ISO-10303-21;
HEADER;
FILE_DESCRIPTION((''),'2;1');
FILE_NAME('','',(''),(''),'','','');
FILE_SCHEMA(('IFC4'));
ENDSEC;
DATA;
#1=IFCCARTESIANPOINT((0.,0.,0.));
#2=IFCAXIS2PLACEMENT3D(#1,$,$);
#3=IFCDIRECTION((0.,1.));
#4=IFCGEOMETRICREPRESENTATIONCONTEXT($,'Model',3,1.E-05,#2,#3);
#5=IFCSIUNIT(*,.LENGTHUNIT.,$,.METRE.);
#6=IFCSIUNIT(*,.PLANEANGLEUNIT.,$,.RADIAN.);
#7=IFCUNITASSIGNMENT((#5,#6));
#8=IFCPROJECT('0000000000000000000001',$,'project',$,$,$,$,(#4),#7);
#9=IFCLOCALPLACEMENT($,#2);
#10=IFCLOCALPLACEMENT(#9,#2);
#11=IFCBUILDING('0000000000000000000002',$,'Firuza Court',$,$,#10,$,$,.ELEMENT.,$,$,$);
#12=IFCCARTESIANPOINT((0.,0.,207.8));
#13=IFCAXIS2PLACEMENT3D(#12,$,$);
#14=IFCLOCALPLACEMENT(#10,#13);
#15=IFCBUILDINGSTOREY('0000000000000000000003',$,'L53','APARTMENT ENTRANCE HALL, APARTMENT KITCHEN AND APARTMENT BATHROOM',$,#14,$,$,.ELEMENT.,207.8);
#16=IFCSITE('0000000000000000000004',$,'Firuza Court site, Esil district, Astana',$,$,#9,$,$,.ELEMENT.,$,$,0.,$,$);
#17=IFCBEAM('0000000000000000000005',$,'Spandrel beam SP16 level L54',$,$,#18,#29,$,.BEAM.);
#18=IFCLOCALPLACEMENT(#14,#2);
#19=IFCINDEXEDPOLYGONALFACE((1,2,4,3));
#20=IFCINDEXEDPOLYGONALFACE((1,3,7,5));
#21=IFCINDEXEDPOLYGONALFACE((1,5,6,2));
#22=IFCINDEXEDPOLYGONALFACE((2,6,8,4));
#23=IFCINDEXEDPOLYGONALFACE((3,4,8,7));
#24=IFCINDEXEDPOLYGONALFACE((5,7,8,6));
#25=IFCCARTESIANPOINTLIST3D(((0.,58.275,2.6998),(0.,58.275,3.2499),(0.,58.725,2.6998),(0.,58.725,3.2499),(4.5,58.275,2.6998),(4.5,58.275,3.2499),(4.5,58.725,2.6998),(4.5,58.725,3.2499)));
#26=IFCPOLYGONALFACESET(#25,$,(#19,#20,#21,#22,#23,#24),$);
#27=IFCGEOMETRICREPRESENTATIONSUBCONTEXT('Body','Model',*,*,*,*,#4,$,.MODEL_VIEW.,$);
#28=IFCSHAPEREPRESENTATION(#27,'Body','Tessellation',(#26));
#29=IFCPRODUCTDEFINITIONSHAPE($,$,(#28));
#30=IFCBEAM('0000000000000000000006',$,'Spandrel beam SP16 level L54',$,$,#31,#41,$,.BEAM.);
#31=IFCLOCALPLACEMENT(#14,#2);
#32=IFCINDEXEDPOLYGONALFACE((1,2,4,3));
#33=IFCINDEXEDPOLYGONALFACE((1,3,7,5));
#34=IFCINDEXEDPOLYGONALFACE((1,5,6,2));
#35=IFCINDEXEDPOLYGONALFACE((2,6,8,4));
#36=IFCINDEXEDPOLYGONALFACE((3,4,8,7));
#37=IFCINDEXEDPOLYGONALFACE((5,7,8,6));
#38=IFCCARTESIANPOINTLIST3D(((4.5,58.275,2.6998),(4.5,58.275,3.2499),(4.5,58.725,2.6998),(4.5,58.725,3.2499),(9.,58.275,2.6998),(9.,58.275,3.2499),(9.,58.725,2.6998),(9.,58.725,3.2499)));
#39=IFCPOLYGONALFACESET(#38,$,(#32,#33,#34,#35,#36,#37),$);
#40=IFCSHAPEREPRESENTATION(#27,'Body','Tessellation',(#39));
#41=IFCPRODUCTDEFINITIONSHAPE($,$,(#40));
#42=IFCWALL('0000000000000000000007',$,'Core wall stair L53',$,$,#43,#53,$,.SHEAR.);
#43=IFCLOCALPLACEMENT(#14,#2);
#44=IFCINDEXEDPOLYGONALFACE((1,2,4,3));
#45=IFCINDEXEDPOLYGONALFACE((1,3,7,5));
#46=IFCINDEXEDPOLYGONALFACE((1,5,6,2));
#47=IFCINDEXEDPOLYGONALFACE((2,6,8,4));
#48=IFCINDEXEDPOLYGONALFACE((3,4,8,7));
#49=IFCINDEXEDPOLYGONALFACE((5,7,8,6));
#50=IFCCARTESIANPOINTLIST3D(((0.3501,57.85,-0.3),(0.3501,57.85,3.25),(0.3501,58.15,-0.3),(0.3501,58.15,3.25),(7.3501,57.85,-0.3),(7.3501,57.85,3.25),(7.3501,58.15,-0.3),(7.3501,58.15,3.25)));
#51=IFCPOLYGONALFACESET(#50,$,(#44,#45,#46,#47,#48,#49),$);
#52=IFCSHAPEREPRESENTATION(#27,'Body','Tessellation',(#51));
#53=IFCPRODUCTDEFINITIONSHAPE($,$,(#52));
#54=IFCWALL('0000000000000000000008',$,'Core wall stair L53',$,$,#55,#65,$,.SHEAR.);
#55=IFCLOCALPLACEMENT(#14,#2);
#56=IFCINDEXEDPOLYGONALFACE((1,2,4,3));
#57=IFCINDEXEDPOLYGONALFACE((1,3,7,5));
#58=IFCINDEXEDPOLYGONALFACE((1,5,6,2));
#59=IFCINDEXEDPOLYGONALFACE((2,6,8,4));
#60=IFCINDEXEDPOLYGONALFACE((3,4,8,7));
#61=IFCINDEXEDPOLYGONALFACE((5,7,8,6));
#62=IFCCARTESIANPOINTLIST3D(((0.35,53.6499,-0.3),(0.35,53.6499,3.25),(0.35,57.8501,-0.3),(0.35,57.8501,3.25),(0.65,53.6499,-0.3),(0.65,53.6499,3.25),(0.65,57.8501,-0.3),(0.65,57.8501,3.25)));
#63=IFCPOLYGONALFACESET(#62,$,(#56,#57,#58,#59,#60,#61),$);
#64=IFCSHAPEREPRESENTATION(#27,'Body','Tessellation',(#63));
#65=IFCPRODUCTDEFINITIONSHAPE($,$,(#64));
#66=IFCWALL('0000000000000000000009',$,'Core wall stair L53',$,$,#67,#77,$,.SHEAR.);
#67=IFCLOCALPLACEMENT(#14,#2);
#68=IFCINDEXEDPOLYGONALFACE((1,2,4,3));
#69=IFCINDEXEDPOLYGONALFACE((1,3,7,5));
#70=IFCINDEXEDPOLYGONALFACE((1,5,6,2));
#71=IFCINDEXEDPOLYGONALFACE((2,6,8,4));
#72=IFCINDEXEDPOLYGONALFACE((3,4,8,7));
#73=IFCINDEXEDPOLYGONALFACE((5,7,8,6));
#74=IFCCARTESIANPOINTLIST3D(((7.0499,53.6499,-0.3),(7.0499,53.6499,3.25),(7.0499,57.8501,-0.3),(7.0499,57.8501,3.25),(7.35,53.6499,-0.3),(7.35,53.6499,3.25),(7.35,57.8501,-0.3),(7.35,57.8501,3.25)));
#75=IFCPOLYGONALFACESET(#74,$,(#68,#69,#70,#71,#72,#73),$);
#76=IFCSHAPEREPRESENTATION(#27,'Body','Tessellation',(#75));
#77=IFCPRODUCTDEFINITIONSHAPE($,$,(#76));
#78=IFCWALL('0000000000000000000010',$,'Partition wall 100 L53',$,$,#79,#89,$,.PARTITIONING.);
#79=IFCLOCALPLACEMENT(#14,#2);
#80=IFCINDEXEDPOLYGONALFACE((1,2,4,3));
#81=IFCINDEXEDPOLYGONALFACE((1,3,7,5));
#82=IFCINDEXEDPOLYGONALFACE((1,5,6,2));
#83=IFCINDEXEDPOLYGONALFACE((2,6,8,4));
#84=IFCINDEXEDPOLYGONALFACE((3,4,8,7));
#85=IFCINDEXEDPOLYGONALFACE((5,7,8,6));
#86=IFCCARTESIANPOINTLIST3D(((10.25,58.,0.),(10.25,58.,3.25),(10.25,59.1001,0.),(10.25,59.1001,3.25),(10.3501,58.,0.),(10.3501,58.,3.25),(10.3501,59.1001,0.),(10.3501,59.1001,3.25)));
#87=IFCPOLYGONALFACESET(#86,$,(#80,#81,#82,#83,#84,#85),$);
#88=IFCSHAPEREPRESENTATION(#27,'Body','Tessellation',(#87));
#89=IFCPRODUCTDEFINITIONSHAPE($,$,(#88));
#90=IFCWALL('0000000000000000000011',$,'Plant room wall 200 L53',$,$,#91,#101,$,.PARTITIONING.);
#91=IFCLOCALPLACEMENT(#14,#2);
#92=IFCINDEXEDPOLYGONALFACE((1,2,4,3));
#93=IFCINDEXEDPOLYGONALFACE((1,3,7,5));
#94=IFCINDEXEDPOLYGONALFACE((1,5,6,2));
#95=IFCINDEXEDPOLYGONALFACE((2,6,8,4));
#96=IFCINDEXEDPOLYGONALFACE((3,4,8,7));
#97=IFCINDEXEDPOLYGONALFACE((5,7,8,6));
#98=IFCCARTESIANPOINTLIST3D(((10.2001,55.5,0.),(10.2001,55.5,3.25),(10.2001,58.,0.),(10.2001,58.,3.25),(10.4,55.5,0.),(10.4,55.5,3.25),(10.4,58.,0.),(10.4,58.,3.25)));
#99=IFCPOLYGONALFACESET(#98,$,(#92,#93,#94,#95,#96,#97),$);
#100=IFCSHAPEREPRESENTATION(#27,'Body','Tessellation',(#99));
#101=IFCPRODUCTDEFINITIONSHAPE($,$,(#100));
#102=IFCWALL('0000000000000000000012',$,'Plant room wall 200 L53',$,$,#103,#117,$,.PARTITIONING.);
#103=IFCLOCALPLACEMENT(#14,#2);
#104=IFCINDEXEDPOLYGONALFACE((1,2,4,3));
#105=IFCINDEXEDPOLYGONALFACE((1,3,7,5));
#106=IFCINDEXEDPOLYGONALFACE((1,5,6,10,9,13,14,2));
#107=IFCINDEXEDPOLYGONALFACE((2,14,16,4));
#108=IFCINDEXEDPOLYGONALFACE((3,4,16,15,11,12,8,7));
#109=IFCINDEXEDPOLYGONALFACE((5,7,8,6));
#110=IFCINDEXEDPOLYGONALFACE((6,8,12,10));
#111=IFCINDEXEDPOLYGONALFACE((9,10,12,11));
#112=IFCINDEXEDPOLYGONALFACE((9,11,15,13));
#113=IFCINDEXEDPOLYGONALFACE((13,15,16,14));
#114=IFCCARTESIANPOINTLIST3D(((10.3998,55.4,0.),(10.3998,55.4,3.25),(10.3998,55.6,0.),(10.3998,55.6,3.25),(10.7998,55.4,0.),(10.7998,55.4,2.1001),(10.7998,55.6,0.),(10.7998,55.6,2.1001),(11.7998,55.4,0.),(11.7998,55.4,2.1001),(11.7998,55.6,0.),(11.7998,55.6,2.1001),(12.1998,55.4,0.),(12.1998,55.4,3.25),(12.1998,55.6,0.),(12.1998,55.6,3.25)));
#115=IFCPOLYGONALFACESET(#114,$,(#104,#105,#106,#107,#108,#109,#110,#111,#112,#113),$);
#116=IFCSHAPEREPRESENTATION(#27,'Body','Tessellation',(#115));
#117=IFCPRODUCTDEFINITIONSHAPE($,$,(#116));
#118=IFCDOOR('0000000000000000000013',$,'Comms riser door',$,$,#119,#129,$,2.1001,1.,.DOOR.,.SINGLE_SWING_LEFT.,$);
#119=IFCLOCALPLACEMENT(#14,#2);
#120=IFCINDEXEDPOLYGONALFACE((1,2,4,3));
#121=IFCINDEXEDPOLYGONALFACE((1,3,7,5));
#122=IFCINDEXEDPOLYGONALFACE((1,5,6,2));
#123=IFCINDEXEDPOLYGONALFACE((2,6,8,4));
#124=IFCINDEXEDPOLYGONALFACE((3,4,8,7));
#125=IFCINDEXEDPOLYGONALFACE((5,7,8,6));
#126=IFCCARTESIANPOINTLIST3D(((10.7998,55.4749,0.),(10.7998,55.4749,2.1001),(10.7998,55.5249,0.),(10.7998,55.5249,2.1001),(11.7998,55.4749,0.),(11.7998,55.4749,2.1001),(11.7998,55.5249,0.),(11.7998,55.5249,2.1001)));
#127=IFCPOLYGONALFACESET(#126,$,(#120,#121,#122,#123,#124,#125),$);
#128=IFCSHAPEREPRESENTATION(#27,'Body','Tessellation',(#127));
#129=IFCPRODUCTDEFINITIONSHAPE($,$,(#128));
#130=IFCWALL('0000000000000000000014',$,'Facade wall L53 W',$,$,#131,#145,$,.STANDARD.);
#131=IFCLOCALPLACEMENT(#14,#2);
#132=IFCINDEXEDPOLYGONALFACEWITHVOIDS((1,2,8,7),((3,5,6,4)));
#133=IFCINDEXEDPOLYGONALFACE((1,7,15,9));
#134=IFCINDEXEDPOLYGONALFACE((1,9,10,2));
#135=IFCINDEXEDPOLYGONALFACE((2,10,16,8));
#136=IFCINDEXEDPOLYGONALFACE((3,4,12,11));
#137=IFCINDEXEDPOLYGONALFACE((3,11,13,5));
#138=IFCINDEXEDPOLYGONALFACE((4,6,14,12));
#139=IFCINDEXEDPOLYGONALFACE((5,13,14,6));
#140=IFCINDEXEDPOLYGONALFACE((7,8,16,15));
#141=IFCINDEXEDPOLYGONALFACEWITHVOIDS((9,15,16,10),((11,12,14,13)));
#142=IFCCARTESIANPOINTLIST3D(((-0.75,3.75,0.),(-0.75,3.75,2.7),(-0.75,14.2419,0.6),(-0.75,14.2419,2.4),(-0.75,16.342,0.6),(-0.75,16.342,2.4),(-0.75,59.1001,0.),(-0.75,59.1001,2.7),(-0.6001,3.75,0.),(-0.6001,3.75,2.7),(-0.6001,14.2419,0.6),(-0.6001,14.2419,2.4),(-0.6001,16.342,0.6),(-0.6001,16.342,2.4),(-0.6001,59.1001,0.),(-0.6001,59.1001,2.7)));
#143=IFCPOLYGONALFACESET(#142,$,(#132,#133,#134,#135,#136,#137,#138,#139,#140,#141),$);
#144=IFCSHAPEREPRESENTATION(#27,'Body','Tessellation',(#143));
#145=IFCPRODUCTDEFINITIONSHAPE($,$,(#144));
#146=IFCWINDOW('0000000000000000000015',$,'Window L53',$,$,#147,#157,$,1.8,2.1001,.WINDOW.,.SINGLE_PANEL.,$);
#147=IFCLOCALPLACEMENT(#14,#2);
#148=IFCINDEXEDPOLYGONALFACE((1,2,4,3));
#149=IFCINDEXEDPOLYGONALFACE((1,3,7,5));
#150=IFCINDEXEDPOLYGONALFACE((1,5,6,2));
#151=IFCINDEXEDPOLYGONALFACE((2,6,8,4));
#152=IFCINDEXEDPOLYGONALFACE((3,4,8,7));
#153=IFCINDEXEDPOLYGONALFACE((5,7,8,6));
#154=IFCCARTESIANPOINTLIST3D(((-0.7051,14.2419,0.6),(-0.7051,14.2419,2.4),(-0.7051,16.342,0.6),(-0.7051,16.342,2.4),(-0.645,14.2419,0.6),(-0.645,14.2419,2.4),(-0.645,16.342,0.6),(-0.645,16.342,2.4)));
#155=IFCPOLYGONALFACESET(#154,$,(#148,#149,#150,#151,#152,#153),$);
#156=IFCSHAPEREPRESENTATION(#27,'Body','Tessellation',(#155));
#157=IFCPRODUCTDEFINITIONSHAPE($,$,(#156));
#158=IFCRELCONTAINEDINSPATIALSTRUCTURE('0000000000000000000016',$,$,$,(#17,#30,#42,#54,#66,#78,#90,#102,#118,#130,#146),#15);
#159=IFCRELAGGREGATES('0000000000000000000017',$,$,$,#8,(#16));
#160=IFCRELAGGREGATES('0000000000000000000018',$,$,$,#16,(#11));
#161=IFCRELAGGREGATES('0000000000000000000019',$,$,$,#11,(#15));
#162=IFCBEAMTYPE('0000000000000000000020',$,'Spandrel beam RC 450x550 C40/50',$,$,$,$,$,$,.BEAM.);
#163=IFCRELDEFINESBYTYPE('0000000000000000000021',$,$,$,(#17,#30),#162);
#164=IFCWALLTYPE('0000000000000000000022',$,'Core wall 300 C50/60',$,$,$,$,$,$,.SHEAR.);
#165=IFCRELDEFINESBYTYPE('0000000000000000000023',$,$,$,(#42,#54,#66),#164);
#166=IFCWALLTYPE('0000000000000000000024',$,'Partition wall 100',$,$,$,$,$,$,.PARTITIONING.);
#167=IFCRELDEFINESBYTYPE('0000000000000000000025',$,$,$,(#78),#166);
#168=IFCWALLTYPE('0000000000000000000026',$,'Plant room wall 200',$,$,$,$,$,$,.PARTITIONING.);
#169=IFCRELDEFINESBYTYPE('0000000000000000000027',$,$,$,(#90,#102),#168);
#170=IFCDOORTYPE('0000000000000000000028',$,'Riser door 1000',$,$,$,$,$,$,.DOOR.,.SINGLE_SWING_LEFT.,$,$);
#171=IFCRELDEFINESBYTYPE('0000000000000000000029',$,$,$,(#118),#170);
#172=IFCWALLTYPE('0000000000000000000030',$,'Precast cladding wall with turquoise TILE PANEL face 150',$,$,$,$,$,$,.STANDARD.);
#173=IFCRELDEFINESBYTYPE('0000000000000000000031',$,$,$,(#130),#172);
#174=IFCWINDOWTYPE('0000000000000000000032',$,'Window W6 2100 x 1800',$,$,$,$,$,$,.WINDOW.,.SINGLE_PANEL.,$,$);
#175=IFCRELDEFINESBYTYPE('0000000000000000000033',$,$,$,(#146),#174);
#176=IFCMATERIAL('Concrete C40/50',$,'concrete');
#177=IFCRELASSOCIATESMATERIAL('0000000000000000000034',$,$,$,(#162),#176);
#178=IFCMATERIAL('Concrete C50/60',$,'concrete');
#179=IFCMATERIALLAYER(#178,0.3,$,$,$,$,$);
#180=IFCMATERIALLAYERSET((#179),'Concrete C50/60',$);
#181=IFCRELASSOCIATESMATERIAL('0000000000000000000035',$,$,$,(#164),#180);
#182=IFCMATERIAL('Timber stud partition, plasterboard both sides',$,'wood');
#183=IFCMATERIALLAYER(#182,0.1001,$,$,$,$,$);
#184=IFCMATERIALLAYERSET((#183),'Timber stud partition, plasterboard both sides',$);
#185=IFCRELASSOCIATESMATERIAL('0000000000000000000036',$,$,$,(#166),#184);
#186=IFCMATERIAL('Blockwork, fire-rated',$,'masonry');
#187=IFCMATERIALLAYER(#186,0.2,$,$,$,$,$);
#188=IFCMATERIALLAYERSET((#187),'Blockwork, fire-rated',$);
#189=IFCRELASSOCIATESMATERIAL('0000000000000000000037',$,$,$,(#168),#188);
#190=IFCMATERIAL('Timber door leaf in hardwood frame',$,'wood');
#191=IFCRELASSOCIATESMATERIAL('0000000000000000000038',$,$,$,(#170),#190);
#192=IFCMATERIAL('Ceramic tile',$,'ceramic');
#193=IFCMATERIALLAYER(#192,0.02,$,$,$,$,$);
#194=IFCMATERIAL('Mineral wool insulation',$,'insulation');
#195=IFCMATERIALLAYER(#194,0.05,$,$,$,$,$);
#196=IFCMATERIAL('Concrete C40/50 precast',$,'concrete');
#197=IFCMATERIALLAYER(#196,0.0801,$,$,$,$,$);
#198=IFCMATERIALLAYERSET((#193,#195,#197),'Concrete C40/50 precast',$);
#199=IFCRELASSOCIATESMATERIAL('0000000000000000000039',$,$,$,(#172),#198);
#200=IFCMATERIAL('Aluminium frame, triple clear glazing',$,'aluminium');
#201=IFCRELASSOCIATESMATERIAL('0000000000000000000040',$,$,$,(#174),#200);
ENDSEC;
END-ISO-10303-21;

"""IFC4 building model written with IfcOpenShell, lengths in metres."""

from ifc_helpers import new_model, si_unit, direction, frame, frame_2d, origin, origin_2d, place, context, subcontext, project, spatial, rectangle, extrude, material, layer, layer_set, material_profile, profile_set, type_object, element, fill, save


model = new_model("IFC4")

# Units and contexts
model_context = context("Model", 3, precision=1e-05, world=origin(), true_north=direction((0.0, 1.0)))
body_context = subcontext(model_context, "Body", "Model", "MODEL_VIEW")
ifc_project = project(units=[si_unit("LENGTHUNIT", "METRE"), si_unit("PLANEANGLEUNIT", "RADIAN")], contexts=[model_context])

# Site, building, storey
site_placement = place(None, origin())
site = spatial("IfcSite", under=ifc_project, at=site_placement, Name="Firuza Court site, Esil district, Astana", CompositionType="ELEMENT", RefElevation=0.0)
building_placement = place(site_placement, origin())
building = spatial("IfcBuilding", under=site, at=building_placement, Name="Firuza Court", CompositionType="ELEMENT")
storey_placement = place(building_placement, frame((0.0, 0.0, 207.8)))
storey = spatial("IfcBuildingStorey", under=building, at=storey_placement, Name="L53", Description="APARTMENT ENTRANCE HALL, APARTMENT KITCHEN AND APARTMENT BATHROOM", CompositionType="ELEMENT", Elevation=207.8)

# Beams
ifc_material_1 = material(Name="Concrete C40/50", Category="concrete")
ifc_material_profile_1 = material_profile(ifc_material_1, rectangle(XDim=0.45, YDim=0.55, at=origin_2d()), Name="RC 450x550")
ifc_profile_set_1 = profile_set([ifc_material_profile_1], Name="Concrete C40/50")
beam_type = type_object("IfcBeamType", Name="Spandrel beam RC 450x550 C40/50", PredefinedType="BEAM", material=ifc_profile_set_1)
for number, where, z_axis, x_axis, name in (
    (1, (4.5, 58.5, 2.9749), (-1.0, 0.0, 0.0), (0.0, -1.0, 0.0), "Spandrel beam SP16 level L54"),
    (2, (9.0, 58.5, 2.9749), (-1.0, 0.0, 0.0), (0.0, -1.0, 0.0), "Spandrel beam SP16 level L54"),
):
    element("IfcBeam", number, at=place(storey_placement, frame(where, z_axis=z_axis, x_axis=x_axis)), inside=storey, type_object=beam_type, Name=name, PredefinedType="BEAM", context=body_context, shape_type="SweptSolid", body=[
        extrude(rectangle(XDim=0.45, YDim=0.55, at=origin_2d()), origin(), (0.0, 0.0, 1.0), 4.5),
    ])

# Walls
ifc_material_2 = material(Name="Concrete C50/60", Category="concrete")
ifc_layer_1 = layer(ifc_material_2, 0.3)
ifc_layer_set_1 = layer_set([ifc_layer_1], Name="Concrete C50/60")
wall_type_1 = type_object("IfcWallType", Name="Core wall 300 C50/60", PredefinedType="SHEAR", material=ifc_layer_set_1)
wall_1_placement = place(storey_placement, frame((0.3501, 58.0, -0.3), z_axis=(0.0, 0.0, 1.0), x_axis=(1.0, 0.0, 0.0)))
element("IfcWall", 3, at=wall_1_placement, inside=storey, type_object=wall_type_1, Name="Core wall stair L53", PredefinedType="SHEAR", context=body_context, shape_type="SweptSolid", body=[
    extrude(rectangle(XDim=7.0, YDim=0.3, at=frame_2d((3.5, 0.0))), origin(), (0.0, 0.0, 1.0), 3.55),
])
for number, where, z_axis, x_axis, name in (
    (4, (0.5, 53.6499, -0.3), (0.0, 0.0, 1.0), (0.0, 1.0, 0.0), "Core wall stair L53"),
    (5, (7.2, 53.6499, -0.3), (0.0, 0.0, 1.0), (0.0, 1.0, 0.0), "Core wall stair L53"),
):
    element("IfcWall", number, at=place(storey_placement, frame(where, z_axis=z_axis, x_axis=x_axis)), inside=storey, type_object=wall_type_1, Name=name, PredefinedType="SHEAR", context=body_context, shape_type="SweptSolid", body=[
        extrude(rectangle(XDim=4.2002, YDim=0.3, at=frame_2d((2.1001, 0.0))), origin(), (0.0, 0.0, 1.0), 3.55),
    ])
ifc_material_3 = material(Name="Timber stud partition, plasterboard both sides", Category="wood")
ifc_layer_2 = layer(ifc_material_3, 0.1001)
ifc_layer_set_2 = layer_set([ifc_layer_2], Name="Timber stud partition, plasterboard both sides")
wall_type_2 = type_object("IfcWallType", Name="Partition wall 100", PredefinedType="PARTITIONING", material=ifc_layer_set_2)
wall_2_placement = place(storey_placement, frame((10.3, 58.0, 0.0), z_axis=(0.0, 0.0, 1.0), x_axis=(0.0, 1.0, 0.0)))
element("IfcWall", 6, at=wall_2_placement, inside=storey, type_object=wall_type_2, Name="Partition wall 100 L53", PredefinedType="PARTITIONING", context=body_context, shape_type="SweptSolid", body=[
    extrude(rectangle(XDim=1.1001, YDim=0.1001, at=frame_2d((0.55, 0.0))), origin(), (0.0, 0.0, 1.0), 3.25),
])
ifc_material_4 = material(Name="Blockwork, fire-rated", Category="masonry")
ifc_layer_3 = layer(ifc_material_4, 0.2)
ifc_layer_set_3 = layer_set([ifc_layer_3], Name="Blockwork, fire-rated")
wall_type_3 = type_object("IfcWallType", Name="Plant room wall 200", PredefinedType="PARTITIONING", material=ifc_layer_set_3)
wall_3_placement = place(storey_placement, frame((10.3, 55.5, 0.0), z_axis=(0.0, 0.0, 1.0), x_axis=(0.0, 1.0, 0.0)))
element("IfcWall", 7, at=wall_3_placement, inside=storey, type_object=wall_type_3, Name="Plant room wall 200 L53", PredefinedType="PARTITIONING", context=body_context, shape_type="SweptSolid", body=[
    extrude(rectangle(XDim=2.5, YDim=0.2, at=frame_2d((1.25, 0.0))), origin(), (0.0, 0.0, 1.0), 3.25),
])

# Wall, opening, door
wall_4_placement = place(storey_placement, frame((10.3999, 55.5, 0.0), z_axis=(0.0, 0.0, 1.0), x_axis=(1.0, 0.0, 0.0)))
wall_4 = element("IfcWall", 8, at=wall_4_placement, inside=storey, type_object=wall_type_3, Name="Plant room wall 200 L53", PredefinedType="PARTITIONING", context=body_context, shape_type="SweptSolid", body=[
    extrude(rectangle(XDim=1.8, YDim=0.2, at=frame_2d((0.8999, 0.0))), origin(), (0.0, 0.0, 1.0), 3.25),
])
opening_1_placement = place(wall_4_placement, frame((0.3999, 0.0, 0.0)))
opening_1 = element("IfcOpeningElement", 9, at=opening_1_placement, cuts=wall_4, PredefinedType="OPENING", context=body_context, shape_type="SweptSolid", body=[
    extrude(rectangle(XDim=1.0, YDim=2.1001, at=frame_2d((0.5, 1.05))), frame((0.0, 0.1118, 0.0), z_axis=(0.0, -1.0, 0.0), x_axis=(1.0, 0.0, 0.0)), (0.0, 0.0, 1.0), 0.2239),
])
ifc_material_5 = material(Name="Timber door leaf in hardwood frame", Category="wood")
door_type = type_object("IfcDoorType", Name="Riser door 1000", OperationType="SINGLE_SWING_LEFT", PredefinedType="DOOR", material=ifc_material_5)
door_placement = place(opening_1_placement, origin())
door = element("IfcDoor", 10, at=door_placement, inside=storey, type_object=door_type, Name="Comms riser door", OperationType="SINGLE_SWING_LEFT", OverallHeight=2.1001, OverallWidth=1.0, PredefinedType="DOOR", context=body_context, shape_type="SweptSolid", body=[
    extrude(rectangle(XDim=1.0, YDim=2.1001, at=frame_2d((0.5, 1.05))), frame((0.0, 0.0249, 0.0), z_axis=(0.0, -1.0, 0.0), x_axis=(1.0, 0.0, 0.0)), (0.0, 0.0, 1.0), 0.05),
])
fill(opening_1, door)

# Wall, opening, window
ifc_material_6 = material(Name="Ceramic tile", Category="ceramic")
ifc_layer_4 = layer(ifc_material_6, 0.02)
ifc_material_7 = material(Name="Mineral wool insulation", Category="insulation")
ifc_layer_5 = layer(ifc_material_7, 0.05)
ifc_material_8 = material(Name="Concrete C40/50 precast", Category="concrete")
ifc_layer_6 = layer(ifc_material_8, 0.0801)
ifc_layer_set_4 = layer_set([ifc_layer_4, ifc_layer_5, ifc_layer_6], Name="Concrete C40/50 precast")
wall_type_4 = type_object("IfcWallType", Name="Precast cladding wall with turquoise TILE PANEL face 150", PredefinedType="STANDARD", material=ifc_layer_set_4)
wall_5_placement = place(storey_placement, frame((-0.675, 59.1001, 0.0), z_axis=(0.0, 0.0, 1.0), x_axis=(0.0, -1.0, 0.0)))
wall_5 = element("IfcWall", 11, at=wall_5_placement, inside=storey, type_object=wall_type_4, Name="Facade wall L53 W", PredefinedType="STANDARD", context=body_context, shape_type="SweptSolid", body=[
    extrude(rectangle(XDim=55.3501, YDim=0.1499, at=frame_2d((27.675, 0.0))), origin(), (0.0, 0.0, 1.0), 2.7),
])
opening_2_placement = place(wall_5_placement, frame((42.7581, 0.0, 0.6001)))
opening_2 = element("IfcOpeningElement", 12, at=opening_2_placement, cuts=wall_5, PredefinedType="OPENING", context=body_context, shape_type="SweptSolid", body=[
    extrude(rectangle(XDim=2.1001, YDim=1.8, at=frame_2d((1.05, 0.8999))), frame((0.0, 0.0869, 0.0), z_axis=(0.0, -1.0, 0.0), x_axis=(1.0, 0.0, 0.0)), (0.0, 0.0, 1.0), 0.1738),
])
ifc_material_9 = material(Name="Aluminium frame, triple clear glazing", Category="aluminium")
window_type = type_object("IfcWindowType", Name="Window W6 2100 x 1800", PartitioningType="SINGLE_PANEL", PredefinedType="WINDOW", material=ifc_material_9)
window_placement = place(opening_2_placement, origin())
window = element("IfcWindow", 13, at=window_placement, inside=storey, type_object=window_type, Name="Window L53", OverallHeight=1.8, OverallWidth=2.1001, PartitioningType="SINGLE_PANEL", PredefinedType="WINDOW", context=body_context, shape_type="SweptSolid", body=[
    extrude(rectangle(XDim=2.1001, YDim=1.8, at=frame_2d((1.05, 0.8999))), frame((0.0, 0.03, 0.0), z_axis=(0.0, -1.0, 0.0), x_axis=(1.0, 0.0, 0.0)), (0.0, 0.0, 1.0), 0.0601),
])
fill(opening_2, window)

save(model, "model.ifc")
